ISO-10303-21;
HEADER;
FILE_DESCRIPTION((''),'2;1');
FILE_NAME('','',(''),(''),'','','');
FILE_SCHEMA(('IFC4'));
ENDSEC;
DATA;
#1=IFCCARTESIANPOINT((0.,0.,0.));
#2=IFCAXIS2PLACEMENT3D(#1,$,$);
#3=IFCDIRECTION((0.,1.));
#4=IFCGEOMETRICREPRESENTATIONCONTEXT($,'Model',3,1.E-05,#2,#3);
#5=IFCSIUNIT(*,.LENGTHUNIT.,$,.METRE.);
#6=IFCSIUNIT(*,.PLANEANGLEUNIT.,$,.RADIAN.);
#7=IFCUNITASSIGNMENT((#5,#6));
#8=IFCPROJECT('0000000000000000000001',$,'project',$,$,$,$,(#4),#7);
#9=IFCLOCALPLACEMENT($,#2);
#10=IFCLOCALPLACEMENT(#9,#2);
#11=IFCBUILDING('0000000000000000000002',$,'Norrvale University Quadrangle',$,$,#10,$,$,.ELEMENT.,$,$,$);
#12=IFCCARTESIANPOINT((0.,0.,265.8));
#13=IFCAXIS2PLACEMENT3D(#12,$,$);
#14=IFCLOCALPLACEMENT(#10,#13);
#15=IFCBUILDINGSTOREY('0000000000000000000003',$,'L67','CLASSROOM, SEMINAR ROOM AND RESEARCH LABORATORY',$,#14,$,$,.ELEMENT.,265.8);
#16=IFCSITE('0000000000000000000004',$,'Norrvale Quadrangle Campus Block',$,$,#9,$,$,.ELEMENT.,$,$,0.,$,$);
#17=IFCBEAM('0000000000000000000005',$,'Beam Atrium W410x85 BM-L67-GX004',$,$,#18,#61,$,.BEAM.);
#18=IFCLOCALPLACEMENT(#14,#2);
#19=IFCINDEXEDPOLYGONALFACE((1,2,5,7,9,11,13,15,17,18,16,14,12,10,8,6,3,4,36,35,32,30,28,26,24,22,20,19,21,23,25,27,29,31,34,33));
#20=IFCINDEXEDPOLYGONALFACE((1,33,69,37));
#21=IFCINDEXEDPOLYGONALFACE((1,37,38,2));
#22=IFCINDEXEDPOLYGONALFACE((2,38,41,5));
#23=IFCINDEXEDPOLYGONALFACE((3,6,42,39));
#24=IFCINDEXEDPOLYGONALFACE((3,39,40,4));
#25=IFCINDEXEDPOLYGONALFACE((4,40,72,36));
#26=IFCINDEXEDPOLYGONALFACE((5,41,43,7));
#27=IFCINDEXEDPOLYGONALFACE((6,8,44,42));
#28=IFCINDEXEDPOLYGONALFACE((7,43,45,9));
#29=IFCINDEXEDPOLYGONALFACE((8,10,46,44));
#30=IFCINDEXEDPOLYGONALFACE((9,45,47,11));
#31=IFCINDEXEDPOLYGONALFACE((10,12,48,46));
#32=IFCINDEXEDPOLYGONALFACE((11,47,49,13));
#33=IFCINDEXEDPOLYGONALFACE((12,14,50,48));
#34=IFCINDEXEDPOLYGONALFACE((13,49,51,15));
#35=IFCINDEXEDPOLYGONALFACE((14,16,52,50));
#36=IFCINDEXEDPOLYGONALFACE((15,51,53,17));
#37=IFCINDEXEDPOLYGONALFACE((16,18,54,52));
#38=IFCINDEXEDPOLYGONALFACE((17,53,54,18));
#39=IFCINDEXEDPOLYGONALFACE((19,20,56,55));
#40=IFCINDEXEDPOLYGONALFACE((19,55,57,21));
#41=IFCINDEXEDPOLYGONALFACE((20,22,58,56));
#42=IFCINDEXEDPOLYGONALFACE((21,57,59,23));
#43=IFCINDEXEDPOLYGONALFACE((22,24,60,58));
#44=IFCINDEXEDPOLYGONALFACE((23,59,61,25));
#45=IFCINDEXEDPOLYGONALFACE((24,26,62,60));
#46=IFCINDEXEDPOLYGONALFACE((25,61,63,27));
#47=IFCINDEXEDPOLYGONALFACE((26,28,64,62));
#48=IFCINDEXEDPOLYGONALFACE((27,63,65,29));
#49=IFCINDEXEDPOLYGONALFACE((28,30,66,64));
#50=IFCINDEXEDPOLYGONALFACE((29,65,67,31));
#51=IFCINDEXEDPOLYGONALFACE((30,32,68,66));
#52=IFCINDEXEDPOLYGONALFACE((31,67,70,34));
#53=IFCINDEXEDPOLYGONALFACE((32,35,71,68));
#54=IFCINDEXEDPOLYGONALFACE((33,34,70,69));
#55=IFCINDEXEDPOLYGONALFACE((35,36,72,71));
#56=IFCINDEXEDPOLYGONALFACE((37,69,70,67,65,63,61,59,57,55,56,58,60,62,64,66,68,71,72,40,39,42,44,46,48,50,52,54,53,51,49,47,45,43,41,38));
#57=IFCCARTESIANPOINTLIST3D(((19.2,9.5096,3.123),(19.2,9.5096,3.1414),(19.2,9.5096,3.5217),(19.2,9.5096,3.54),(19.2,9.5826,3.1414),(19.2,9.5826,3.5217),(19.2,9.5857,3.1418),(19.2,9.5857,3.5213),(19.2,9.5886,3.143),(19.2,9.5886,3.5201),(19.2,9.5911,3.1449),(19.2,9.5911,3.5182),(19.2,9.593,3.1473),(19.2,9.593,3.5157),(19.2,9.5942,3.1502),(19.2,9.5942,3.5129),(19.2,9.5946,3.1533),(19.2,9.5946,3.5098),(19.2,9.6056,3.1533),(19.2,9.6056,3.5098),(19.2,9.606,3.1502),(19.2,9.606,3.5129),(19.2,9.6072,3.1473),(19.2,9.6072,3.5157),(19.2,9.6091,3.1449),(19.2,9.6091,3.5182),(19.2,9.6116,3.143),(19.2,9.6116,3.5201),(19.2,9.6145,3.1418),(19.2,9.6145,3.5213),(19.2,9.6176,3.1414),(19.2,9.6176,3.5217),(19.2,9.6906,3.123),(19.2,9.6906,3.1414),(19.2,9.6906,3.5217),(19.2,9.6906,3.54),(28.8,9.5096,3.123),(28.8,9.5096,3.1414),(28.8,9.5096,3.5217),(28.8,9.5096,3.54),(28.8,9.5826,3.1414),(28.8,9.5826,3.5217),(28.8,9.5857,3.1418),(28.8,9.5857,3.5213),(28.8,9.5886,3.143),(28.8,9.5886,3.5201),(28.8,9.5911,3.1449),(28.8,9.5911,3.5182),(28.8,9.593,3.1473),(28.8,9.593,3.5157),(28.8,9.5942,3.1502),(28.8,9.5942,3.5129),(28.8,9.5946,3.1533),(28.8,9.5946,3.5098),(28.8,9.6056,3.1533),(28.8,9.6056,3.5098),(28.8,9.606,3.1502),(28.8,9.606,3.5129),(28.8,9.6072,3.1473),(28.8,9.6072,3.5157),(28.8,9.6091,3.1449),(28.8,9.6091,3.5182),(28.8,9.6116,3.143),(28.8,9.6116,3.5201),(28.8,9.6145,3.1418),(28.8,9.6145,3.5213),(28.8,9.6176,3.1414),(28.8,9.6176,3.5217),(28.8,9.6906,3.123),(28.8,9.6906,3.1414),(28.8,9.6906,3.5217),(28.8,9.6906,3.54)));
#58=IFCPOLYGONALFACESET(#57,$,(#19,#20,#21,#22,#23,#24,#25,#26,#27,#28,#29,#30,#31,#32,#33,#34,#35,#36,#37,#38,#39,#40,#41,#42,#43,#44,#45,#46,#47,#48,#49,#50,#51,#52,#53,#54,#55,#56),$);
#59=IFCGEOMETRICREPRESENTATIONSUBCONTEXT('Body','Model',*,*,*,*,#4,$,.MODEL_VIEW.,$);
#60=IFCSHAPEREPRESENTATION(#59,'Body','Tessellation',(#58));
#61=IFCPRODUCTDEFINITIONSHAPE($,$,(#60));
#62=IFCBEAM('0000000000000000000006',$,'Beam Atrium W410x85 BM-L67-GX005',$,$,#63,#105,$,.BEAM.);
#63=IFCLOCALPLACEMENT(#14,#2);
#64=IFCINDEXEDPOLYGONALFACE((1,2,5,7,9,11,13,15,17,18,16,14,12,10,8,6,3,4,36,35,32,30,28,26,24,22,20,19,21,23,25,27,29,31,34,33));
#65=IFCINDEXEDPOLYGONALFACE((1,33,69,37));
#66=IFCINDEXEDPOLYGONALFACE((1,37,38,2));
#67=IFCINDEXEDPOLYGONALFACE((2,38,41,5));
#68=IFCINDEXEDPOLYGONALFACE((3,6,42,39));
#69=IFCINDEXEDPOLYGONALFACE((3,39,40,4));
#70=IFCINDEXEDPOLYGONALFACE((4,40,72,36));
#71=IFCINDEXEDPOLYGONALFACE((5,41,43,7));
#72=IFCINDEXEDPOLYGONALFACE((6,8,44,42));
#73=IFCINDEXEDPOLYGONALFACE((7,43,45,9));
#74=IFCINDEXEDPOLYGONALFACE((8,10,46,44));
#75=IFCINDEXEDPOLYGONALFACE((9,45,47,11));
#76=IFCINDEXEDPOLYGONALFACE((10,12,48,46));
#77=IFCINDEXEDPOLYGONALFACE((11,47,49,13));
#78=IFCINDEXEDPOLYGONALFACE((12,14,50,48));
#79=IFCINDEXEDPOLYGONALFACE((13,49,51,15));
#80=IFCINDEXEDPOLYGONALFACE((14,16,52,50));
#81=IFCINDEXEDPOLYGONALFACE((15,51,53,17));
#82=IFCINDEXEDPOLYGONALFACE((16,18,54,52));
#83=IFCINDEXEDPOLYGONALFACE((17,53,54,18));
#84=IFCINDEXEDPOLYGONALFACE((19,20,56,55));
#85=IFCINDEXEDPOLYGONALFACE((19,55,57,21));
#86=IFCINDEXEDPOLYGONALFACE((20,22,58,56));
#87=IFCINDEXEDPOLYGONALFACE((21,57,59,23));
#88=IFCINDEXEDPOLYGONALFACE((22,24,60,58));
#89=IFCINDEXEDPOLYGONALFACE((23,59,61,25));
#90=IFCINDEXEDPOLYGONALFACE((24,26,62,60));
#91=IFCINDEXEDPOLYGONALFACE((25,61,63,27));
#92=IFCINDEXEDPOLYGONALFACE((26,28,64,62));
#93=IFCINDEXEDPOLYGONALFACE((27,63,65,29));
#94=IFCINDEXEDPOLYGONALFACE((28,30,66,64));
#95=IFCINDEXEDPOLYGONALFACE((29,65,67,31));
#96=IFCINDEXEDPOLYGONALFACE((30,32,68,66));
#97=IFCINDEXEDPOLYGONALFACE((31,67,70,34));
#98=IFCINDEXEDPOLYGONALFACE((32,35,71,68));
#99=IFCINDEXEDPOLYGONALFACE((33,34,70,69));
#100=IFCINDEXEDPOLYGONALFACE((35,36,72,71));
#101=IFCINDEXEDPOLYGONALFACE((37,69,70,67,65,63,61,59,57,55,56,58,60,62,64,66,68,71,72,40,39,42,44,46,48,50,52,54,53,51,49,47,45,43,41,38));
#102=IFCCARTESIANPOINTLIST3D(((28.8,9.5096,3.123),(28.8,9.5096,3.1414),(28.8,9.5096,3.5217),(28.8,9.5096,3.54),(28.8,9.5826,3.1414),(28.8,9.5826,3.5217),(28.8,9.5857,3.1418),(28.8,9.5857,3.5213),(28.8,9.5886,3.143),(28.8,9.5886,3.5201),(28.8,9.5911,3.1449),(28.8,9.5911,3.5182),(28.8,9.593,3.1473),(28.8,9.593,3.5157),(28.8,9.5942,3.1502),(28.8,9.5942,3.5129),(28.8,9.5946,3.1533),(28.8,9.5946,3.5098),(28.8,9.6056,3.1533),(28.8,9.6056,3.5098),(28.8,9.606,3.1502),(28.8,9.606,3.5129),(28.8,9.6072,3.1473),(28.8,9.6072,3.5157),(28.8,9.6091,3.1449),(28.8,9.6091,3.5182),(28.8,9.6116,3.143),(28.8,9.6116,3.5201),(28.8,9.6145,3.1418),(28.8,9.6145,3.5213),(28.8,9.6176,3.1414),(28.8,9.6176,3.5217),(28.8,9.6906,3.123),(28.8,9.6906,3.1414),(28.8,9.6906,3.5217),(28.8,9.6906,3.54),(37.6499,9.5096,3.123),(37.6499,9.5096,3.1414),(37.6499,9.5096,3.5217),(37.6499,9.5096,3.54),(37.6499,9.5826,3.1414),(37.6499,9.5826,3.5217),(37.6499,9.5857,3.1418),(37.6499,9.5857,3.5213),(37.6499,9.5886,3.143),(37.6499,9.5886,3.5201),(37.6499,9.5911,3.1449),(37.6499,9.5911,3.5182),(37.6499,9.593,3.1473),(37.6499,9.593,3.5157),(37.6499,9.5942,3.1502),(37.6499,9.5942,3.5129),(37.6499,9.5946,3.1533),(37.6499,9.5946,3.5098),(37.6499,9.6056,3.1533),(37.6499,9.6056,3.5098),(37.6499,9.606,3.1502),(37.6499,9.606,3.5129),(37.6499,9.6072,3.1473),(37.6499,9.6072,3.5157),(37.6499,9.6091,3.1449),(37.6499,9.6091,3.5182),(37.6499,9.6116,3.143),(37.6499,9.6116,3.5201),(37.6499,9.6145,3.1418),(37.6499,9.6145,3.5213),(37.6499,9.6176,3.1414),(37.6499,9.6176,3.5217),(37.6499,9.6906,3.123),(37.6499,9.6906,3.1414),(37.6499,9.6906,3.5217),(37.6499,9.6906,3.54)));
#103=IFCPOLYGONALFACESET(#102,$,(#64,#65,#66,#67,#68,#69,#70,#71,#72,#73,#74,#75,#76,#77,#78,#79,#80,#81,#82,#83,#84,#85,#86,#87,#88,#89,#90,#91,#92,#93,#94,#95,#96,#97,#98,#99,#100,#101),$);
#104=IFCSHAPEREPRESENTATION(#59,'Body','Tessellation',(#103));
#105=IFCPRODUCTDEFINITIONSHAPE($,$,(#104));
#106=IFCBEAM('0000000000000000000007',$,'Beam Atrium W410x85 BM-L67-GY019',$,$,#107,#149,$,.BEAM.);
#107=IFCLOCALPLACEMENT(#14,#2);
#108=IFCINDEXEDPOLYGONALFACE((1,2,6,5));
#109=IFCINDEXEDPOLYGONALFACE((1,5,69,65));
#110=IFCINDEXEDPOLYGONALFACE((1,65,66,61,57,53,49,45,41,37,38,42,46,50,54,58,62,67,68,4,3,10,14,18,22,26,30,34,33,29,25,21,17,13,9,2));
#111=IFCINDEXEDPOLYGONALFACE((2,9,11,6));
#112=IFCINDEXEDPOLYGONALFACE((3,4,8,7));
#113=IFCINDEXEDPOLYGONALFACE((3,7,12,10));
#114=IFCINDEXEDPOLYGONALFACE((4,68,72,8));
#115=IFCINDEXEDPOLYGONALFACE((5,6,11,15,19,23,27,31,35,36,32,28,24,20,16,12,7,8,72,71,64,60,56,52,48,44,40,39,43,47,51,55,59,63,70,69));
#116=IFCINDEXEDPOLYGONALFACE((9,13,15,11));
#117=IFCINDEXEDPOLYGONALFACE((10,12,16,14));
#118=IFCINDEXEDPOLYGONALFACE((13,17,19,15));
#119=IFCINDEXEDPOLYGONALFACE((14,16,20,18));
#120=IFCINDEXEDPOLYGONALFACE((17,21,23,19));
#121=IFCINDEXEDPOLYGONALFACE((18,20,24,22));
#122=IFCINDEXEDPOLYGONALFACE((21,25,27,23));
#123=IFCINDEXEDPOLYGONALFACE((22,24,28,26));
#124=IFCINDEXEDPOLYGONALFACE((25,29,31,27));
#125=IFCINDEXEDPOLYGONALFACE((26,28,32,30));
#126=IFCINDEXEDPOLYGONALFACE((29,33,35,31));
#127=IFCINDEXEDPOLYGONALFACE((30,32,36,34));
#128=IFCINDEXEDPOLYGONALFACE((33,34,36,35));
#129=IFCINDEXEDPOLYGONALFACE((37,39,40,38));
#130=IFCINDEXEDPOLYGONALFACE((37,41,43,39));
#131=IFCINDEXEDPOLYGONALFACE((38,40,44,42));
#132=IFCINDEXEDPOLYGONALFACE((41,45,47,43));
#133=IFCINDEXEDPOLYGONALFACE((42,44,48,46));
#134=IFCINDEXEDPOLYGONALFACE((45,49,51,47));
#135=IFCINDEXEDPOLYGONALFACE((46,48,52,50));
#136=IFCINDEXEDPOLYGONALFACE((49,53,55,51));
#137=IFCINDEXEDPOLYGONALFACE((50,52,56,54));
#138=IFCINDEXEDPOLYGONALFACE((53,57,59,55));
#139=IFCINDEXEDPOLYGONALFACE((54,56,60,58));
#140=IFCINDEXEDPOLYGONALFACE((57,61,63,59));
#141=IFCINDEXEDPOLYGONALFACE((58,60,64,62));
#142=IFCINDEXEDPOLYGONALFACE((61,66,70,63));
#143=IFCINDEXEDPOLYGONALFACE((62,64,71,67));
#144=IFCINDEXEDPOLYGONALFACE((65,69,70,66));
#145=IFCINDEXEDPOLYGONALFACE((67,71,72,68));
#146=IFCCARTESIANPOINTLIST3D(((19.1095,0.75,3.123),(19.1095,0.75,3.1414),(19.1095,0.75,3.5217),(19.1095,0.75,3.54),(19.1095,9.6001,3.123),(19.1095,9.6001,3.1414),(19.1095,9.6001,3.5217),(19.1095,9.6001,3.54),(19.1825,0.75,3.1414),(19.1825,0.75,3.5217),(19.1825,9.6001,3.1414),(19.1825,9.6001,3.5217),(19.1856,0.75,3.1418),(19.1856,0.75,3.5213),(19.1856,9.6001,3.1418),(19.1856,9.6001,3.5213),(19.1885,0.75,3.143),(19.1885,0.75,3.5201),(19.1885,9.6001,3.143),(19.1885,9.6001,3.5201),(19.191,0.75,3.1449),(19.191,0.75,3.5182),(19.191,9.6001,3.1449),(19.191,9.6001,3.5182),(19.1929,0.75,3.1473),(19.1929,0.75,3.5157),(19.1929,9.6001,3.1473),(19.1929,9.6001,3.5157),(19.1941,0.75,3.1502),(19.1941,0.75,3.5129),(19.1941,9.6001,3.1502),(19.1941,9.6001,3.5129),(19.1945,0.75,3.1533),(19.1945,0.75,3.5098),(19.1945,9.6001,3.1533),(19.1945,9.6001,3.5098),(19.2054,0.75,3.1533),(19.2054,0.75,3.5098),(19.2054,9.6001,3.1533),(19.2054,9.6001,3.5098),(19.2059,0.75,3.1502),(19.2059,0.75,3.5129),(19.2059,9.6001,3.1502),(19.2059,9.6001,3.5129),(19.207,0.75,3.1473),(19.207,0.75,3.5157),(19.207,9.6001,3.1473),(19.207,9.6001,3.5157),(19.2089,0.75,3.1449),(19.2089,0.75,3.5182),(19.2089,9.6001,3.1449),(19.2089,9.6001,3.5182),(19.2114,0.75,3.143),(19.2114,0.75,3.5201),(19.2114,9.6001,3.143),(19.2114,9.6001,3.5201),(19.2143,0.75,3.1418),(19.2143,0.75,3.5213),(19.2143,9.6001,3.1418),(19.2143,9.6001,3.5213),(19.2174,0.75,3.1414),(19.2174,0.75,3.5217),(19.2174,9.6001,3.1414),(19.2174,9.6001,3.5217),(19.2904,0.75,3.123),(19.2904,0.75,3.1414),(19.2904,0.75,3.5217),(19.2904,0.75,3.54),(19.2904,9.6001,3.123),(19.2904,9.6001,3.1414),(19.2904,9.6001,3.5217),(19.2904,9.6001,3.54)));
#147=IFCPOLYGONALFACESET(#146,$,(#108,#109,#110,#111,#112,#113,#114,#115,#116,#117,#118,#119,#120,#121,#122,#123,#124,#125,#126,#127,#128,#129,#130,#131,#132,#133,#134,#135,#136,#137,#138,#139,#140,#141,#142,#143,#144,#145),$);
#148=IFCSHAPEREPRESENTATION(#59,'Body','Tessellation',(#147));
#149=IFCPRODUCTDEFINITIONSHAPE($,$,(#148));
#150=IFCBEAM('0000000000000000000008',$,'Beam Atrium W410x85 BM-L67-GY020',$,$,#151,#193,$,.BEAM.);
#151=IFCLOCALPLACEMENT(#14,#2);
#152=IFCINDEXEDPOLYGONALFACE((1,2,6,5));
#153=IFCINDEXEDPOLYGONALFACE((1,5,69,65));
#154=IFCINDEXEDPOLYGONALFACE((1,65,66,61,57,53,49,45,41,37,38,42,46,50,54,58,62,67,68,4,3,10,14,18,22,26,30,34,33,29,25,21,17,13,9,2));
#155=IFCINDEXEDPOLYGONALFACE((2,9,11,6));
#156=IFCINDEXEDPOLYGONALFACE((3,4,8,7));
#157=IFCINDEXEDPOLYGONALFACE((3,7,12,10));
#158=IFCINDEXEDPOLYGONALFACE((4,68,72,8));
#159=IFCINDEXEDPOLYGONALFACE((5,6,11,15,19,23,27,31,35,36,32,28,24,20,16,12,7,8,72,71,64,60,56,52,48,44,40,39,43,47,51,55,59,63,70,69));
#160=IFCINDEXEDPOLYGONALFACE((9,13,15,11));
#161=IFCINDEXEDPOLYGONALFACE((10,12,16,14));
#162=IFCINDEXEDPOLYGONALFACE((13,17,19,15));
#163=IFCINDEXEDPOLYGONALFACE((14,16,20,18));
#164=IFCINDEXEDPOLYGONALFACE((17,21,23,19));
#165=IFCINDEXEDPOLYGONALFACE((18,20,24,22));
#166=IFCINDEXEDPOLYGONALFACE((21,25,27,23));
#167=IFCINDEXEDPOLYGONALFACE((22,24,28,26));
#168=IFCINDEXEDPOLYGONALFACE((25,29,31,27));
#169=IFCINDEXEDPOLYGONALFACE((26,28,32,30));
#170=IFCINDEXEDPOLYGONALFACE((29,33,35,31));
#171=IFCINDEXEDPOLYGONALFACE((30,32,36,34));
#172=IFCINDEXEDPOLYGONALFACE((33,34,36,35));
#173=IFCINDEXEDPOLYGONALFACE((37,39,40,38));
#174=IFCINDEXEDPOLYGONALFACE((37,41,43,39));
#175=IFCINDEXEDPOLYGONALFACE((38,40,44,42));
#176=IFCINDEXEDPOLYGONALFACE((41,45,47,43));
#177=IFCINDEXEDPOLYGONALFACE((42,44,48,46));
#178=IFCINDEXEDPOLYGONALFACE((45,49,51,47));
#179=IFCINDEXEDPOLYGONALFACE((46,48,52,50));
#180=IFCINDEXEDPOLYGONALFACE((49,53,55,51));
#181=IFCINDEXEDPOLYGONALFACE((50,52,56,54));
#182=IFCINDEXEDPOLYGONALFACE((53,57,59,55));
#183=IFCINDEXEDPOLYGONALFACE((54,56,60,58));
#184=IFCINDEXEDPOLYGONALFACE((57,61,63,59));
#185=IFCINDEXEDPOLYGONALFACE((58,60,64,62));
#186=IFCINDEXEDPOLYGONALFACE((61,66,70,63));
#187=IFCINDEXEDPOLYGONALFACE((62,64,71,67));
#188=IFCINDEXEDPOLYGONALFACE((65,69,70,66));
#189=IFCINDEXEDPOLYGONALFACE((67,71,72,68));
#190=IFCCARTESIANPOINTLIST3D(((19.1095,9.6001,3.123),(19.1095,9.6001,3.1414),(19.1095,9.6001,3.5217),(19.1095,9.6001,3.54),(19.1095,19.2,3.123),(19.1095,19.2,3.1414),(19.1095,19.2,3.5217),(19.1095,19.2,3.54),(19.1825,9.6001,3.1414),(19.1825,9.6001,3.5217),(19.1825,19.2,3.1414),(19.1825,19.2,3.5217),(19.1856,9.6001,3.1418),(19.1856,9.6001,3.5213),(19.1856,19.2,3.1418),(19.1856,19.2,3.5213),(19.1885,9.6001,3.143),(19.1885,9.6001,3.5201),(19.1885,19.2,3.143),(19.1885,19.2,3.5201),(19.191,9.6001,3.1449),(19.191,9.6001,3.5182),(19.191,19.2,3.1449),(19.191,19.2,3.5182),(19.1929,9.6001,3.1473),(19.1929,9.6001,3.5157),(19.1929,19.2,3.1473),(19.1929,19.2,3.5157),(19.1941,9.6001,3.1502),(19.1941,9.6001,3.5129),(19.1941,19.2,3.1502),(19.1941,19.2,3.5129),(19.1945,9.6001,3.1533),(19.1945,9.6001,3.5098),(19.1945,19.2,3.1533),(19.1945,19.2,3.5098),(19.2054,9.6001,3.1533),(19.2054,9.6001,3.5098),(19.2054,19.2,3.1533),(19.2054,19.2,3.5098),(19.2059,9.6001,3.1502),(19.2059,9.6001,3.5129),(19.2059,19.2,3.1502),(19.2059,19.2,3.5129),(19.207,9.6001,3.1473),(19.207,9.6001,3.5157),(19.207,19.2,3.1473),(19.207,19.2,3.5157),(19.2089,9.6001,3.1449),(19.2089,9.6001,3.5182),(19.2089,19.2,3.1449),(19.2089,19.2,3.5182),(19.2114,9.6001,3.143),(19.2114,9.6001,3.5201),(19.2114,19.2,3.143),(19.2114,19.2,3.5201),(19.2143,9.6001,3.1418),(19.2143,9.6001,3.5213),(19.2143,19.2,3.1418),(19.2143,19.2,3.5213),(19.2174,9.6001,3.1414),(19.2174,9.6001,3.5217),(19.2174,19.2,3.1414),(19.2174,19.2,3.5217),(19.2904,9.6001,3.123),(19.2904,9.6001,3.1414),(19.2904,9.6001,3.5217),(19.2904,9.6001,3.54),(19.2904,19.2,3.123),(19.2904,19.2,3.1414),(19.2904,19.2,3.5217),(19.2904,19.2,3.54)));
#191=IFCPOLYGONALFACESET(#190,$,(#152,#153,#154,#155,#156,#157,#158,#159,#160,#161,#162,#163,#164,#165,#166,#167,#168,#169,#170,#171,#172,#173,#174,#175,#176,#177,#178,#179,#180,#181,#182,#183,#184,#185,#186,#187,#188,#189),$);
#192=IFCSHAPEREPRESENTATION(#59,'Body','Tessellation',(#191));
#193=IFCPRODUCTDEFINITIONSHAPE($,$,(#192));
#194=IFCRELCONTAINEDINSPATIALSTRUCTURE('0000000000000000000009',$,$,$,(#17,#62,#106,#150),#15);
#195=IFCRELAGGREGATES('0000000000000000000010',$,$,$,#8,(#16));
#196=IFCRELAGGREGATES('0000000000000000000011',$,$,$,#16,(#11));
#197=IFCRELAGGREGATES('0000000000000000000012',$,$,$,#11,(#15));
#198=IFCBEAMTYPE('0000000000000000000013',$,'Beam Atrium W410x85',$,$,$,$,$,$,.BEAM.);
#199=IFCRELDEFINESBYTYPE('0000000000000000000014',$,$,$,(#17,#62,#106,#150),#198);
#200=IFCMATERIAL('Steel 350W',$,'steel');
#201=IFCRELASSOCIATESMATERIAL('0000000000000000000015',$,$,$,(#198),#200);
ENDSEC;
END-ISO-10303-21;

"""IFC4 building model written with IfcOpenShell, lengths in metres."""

from ifc_helpers import new_model, si_unit, direction, frame, origin, origin_2d, place, context, subcontext, project, spatial, i_section, extrude, material, material_profile, profile_set, type_object, element, save


model = new_model("IFC4")

# Units and contexts
model_context = context("Model", 3, precision=1e-05, world=origin(), true_north=direction((0.0, 1.0)))
body_context = subcontext(model_context, "Body", "Model", "MODEL_VIEW")
ifc_project = project(units=[si_unit("LENGTHUNIT", "METRE"), si_unit("PLANEANGLEUNIT", "RADIAN")], contexts=[model_context])

# Site, building, storey
site_placement = place(None, origin())
site = spatial("IfcSite", under=ifc_project, at=site_placement, Name="Norrvale Quadrangle Campus Block", CompositionType="ELEMENT", RefElevation=0.0)
building_placement = place(site_placement, origin())
building = spatial("IfcBuilding", under=site, at=building_placement, Name="Norrvale University Quadrangle", CompositionType="ELEMENT")
storey_placement = place(building_placement, frame((0.0, 0.0, 265.8)))
storey = spatial("IfcBuildingStorey", under=building, at=storey_placement, Name="L67", Description="CLASSROOM, SEMINAR ROOM AND RESEARCH LABORATORY", CompositionType="ELEMENT", Elevation=265.8)

# Beams
ifc_material_1 = material(Name="Steel 350W", Category="steel")
ifc_material_profile_1 = material_profile(ifc_material_1, i_section(OverallWidth=0.1809, OverallDepth=0.417, WebThickness=0.011, FlangeThickness=0.0183, FilletRadius=0.012, at=origin_2d()), Name="Steel 350W")
ifc_profile_set_1 = profile_set([ifc_material_profile_1], Name="Steel 350W")
beam_type_1 = type_object("IfcBeamType", Name="Beam Atrium W410x85", PredefinedType="BEAM", material=ifc_profile_set_1)
beam_1_placement = place(storey_placement, frame((19.2, 9.6001, 3.3315), z_axis=(1.0, 0.0, 0.0), x_axis=(0.0, 1.0, 0.0)))
element("IfcBeam", 1, at=beam_1_placement, inside=storey, type_object=beam_type_1, Name="Beam Atrium W410x85 BM-L67-GX004", PredefinedType="BEAM", context=body_context, shape_type="SweptSolid", body=[
    extrude(i_section(OverallWidth=0.1809, OverallDepth=0.417, WebThickness=0.011, FlangeThickness=0.0183, FilletRadius=0.012, at=origin_2d()), origin(), (0.0, 0.0, 1.0), 9.6001),
])
beam_2_placement = place(storey_placement, frame((28.8, 9.6001, 3.3315), z_axis=(1.0, 0.0, 0.0), x_axis=(0.0, 1.0, 0.0)))
element("IfcBeam", 2, at=beam_2_placement, inside=storey, type_object=beam_type_1, Name="Beam Atrium W410x85 BM-L67-GX005", PredefinedType="BEAM", context=body_context, shape_type="SweptSolid", body=[
    extrude(i_section(OverallWidth=0.1809, OverallDepth=0.417, WebThickness=0.011, FlangeThickness=0.0183, FilletRadius=0.012, at=origin_2d()), origin(), (0.0, 0.0, 1.0), 8.8499),
])
beam_3_placement = place(storey_placement, frame((19.2, 0.75, 3.3315), z_axis=(0.0, 1.0, 0.0), x_axis=(-1.0, 0.0, 0.0)))
element("IfcBeam", 3, at=beam_3_placement, inside=storey, type_object=beam_type_1, Name="Beam Atrium W410x85 BM-L67-GY019", PredefinedType="BEAM", context=body_context, shape_type="SweptSolid", body=[
    extrude(i_section(OverallWidth=0.1809, OverallDepth=0.417, WebThickness=0.011, FlangeThickness=0.0183, FilletRadius=0.012, at=origin_2d()), origin(), (0.0, 0.0, 1.0), 8.8501),
])
beam_4_placement = place(storey_placement, frame((19.2, 9.6001, 3.3315), z_axis=(0.0, 1.0, 0.0), x_axis=(-1.0, 0.0, 0.0)))
element("IfcBeam", 4, at=beam_4_placement, inside=storey, type_object=beam_type_1, Name="Beam Atrium W410x85 BM-L67-GY020", PredefinedType="BEAM", context=body_context, shape_type="SweptSolid", body=[
    extrude(i_section(OverallWidth=0.1809, OverallDepth=0.417, WebThickness=0.011, FlangeThickness=0.0183, FilletRadius=0.012, at=origin_2d()), origin(), (0.0, 0.0, 1.0), 9.5999),
])

save(model, "model.ifc")
